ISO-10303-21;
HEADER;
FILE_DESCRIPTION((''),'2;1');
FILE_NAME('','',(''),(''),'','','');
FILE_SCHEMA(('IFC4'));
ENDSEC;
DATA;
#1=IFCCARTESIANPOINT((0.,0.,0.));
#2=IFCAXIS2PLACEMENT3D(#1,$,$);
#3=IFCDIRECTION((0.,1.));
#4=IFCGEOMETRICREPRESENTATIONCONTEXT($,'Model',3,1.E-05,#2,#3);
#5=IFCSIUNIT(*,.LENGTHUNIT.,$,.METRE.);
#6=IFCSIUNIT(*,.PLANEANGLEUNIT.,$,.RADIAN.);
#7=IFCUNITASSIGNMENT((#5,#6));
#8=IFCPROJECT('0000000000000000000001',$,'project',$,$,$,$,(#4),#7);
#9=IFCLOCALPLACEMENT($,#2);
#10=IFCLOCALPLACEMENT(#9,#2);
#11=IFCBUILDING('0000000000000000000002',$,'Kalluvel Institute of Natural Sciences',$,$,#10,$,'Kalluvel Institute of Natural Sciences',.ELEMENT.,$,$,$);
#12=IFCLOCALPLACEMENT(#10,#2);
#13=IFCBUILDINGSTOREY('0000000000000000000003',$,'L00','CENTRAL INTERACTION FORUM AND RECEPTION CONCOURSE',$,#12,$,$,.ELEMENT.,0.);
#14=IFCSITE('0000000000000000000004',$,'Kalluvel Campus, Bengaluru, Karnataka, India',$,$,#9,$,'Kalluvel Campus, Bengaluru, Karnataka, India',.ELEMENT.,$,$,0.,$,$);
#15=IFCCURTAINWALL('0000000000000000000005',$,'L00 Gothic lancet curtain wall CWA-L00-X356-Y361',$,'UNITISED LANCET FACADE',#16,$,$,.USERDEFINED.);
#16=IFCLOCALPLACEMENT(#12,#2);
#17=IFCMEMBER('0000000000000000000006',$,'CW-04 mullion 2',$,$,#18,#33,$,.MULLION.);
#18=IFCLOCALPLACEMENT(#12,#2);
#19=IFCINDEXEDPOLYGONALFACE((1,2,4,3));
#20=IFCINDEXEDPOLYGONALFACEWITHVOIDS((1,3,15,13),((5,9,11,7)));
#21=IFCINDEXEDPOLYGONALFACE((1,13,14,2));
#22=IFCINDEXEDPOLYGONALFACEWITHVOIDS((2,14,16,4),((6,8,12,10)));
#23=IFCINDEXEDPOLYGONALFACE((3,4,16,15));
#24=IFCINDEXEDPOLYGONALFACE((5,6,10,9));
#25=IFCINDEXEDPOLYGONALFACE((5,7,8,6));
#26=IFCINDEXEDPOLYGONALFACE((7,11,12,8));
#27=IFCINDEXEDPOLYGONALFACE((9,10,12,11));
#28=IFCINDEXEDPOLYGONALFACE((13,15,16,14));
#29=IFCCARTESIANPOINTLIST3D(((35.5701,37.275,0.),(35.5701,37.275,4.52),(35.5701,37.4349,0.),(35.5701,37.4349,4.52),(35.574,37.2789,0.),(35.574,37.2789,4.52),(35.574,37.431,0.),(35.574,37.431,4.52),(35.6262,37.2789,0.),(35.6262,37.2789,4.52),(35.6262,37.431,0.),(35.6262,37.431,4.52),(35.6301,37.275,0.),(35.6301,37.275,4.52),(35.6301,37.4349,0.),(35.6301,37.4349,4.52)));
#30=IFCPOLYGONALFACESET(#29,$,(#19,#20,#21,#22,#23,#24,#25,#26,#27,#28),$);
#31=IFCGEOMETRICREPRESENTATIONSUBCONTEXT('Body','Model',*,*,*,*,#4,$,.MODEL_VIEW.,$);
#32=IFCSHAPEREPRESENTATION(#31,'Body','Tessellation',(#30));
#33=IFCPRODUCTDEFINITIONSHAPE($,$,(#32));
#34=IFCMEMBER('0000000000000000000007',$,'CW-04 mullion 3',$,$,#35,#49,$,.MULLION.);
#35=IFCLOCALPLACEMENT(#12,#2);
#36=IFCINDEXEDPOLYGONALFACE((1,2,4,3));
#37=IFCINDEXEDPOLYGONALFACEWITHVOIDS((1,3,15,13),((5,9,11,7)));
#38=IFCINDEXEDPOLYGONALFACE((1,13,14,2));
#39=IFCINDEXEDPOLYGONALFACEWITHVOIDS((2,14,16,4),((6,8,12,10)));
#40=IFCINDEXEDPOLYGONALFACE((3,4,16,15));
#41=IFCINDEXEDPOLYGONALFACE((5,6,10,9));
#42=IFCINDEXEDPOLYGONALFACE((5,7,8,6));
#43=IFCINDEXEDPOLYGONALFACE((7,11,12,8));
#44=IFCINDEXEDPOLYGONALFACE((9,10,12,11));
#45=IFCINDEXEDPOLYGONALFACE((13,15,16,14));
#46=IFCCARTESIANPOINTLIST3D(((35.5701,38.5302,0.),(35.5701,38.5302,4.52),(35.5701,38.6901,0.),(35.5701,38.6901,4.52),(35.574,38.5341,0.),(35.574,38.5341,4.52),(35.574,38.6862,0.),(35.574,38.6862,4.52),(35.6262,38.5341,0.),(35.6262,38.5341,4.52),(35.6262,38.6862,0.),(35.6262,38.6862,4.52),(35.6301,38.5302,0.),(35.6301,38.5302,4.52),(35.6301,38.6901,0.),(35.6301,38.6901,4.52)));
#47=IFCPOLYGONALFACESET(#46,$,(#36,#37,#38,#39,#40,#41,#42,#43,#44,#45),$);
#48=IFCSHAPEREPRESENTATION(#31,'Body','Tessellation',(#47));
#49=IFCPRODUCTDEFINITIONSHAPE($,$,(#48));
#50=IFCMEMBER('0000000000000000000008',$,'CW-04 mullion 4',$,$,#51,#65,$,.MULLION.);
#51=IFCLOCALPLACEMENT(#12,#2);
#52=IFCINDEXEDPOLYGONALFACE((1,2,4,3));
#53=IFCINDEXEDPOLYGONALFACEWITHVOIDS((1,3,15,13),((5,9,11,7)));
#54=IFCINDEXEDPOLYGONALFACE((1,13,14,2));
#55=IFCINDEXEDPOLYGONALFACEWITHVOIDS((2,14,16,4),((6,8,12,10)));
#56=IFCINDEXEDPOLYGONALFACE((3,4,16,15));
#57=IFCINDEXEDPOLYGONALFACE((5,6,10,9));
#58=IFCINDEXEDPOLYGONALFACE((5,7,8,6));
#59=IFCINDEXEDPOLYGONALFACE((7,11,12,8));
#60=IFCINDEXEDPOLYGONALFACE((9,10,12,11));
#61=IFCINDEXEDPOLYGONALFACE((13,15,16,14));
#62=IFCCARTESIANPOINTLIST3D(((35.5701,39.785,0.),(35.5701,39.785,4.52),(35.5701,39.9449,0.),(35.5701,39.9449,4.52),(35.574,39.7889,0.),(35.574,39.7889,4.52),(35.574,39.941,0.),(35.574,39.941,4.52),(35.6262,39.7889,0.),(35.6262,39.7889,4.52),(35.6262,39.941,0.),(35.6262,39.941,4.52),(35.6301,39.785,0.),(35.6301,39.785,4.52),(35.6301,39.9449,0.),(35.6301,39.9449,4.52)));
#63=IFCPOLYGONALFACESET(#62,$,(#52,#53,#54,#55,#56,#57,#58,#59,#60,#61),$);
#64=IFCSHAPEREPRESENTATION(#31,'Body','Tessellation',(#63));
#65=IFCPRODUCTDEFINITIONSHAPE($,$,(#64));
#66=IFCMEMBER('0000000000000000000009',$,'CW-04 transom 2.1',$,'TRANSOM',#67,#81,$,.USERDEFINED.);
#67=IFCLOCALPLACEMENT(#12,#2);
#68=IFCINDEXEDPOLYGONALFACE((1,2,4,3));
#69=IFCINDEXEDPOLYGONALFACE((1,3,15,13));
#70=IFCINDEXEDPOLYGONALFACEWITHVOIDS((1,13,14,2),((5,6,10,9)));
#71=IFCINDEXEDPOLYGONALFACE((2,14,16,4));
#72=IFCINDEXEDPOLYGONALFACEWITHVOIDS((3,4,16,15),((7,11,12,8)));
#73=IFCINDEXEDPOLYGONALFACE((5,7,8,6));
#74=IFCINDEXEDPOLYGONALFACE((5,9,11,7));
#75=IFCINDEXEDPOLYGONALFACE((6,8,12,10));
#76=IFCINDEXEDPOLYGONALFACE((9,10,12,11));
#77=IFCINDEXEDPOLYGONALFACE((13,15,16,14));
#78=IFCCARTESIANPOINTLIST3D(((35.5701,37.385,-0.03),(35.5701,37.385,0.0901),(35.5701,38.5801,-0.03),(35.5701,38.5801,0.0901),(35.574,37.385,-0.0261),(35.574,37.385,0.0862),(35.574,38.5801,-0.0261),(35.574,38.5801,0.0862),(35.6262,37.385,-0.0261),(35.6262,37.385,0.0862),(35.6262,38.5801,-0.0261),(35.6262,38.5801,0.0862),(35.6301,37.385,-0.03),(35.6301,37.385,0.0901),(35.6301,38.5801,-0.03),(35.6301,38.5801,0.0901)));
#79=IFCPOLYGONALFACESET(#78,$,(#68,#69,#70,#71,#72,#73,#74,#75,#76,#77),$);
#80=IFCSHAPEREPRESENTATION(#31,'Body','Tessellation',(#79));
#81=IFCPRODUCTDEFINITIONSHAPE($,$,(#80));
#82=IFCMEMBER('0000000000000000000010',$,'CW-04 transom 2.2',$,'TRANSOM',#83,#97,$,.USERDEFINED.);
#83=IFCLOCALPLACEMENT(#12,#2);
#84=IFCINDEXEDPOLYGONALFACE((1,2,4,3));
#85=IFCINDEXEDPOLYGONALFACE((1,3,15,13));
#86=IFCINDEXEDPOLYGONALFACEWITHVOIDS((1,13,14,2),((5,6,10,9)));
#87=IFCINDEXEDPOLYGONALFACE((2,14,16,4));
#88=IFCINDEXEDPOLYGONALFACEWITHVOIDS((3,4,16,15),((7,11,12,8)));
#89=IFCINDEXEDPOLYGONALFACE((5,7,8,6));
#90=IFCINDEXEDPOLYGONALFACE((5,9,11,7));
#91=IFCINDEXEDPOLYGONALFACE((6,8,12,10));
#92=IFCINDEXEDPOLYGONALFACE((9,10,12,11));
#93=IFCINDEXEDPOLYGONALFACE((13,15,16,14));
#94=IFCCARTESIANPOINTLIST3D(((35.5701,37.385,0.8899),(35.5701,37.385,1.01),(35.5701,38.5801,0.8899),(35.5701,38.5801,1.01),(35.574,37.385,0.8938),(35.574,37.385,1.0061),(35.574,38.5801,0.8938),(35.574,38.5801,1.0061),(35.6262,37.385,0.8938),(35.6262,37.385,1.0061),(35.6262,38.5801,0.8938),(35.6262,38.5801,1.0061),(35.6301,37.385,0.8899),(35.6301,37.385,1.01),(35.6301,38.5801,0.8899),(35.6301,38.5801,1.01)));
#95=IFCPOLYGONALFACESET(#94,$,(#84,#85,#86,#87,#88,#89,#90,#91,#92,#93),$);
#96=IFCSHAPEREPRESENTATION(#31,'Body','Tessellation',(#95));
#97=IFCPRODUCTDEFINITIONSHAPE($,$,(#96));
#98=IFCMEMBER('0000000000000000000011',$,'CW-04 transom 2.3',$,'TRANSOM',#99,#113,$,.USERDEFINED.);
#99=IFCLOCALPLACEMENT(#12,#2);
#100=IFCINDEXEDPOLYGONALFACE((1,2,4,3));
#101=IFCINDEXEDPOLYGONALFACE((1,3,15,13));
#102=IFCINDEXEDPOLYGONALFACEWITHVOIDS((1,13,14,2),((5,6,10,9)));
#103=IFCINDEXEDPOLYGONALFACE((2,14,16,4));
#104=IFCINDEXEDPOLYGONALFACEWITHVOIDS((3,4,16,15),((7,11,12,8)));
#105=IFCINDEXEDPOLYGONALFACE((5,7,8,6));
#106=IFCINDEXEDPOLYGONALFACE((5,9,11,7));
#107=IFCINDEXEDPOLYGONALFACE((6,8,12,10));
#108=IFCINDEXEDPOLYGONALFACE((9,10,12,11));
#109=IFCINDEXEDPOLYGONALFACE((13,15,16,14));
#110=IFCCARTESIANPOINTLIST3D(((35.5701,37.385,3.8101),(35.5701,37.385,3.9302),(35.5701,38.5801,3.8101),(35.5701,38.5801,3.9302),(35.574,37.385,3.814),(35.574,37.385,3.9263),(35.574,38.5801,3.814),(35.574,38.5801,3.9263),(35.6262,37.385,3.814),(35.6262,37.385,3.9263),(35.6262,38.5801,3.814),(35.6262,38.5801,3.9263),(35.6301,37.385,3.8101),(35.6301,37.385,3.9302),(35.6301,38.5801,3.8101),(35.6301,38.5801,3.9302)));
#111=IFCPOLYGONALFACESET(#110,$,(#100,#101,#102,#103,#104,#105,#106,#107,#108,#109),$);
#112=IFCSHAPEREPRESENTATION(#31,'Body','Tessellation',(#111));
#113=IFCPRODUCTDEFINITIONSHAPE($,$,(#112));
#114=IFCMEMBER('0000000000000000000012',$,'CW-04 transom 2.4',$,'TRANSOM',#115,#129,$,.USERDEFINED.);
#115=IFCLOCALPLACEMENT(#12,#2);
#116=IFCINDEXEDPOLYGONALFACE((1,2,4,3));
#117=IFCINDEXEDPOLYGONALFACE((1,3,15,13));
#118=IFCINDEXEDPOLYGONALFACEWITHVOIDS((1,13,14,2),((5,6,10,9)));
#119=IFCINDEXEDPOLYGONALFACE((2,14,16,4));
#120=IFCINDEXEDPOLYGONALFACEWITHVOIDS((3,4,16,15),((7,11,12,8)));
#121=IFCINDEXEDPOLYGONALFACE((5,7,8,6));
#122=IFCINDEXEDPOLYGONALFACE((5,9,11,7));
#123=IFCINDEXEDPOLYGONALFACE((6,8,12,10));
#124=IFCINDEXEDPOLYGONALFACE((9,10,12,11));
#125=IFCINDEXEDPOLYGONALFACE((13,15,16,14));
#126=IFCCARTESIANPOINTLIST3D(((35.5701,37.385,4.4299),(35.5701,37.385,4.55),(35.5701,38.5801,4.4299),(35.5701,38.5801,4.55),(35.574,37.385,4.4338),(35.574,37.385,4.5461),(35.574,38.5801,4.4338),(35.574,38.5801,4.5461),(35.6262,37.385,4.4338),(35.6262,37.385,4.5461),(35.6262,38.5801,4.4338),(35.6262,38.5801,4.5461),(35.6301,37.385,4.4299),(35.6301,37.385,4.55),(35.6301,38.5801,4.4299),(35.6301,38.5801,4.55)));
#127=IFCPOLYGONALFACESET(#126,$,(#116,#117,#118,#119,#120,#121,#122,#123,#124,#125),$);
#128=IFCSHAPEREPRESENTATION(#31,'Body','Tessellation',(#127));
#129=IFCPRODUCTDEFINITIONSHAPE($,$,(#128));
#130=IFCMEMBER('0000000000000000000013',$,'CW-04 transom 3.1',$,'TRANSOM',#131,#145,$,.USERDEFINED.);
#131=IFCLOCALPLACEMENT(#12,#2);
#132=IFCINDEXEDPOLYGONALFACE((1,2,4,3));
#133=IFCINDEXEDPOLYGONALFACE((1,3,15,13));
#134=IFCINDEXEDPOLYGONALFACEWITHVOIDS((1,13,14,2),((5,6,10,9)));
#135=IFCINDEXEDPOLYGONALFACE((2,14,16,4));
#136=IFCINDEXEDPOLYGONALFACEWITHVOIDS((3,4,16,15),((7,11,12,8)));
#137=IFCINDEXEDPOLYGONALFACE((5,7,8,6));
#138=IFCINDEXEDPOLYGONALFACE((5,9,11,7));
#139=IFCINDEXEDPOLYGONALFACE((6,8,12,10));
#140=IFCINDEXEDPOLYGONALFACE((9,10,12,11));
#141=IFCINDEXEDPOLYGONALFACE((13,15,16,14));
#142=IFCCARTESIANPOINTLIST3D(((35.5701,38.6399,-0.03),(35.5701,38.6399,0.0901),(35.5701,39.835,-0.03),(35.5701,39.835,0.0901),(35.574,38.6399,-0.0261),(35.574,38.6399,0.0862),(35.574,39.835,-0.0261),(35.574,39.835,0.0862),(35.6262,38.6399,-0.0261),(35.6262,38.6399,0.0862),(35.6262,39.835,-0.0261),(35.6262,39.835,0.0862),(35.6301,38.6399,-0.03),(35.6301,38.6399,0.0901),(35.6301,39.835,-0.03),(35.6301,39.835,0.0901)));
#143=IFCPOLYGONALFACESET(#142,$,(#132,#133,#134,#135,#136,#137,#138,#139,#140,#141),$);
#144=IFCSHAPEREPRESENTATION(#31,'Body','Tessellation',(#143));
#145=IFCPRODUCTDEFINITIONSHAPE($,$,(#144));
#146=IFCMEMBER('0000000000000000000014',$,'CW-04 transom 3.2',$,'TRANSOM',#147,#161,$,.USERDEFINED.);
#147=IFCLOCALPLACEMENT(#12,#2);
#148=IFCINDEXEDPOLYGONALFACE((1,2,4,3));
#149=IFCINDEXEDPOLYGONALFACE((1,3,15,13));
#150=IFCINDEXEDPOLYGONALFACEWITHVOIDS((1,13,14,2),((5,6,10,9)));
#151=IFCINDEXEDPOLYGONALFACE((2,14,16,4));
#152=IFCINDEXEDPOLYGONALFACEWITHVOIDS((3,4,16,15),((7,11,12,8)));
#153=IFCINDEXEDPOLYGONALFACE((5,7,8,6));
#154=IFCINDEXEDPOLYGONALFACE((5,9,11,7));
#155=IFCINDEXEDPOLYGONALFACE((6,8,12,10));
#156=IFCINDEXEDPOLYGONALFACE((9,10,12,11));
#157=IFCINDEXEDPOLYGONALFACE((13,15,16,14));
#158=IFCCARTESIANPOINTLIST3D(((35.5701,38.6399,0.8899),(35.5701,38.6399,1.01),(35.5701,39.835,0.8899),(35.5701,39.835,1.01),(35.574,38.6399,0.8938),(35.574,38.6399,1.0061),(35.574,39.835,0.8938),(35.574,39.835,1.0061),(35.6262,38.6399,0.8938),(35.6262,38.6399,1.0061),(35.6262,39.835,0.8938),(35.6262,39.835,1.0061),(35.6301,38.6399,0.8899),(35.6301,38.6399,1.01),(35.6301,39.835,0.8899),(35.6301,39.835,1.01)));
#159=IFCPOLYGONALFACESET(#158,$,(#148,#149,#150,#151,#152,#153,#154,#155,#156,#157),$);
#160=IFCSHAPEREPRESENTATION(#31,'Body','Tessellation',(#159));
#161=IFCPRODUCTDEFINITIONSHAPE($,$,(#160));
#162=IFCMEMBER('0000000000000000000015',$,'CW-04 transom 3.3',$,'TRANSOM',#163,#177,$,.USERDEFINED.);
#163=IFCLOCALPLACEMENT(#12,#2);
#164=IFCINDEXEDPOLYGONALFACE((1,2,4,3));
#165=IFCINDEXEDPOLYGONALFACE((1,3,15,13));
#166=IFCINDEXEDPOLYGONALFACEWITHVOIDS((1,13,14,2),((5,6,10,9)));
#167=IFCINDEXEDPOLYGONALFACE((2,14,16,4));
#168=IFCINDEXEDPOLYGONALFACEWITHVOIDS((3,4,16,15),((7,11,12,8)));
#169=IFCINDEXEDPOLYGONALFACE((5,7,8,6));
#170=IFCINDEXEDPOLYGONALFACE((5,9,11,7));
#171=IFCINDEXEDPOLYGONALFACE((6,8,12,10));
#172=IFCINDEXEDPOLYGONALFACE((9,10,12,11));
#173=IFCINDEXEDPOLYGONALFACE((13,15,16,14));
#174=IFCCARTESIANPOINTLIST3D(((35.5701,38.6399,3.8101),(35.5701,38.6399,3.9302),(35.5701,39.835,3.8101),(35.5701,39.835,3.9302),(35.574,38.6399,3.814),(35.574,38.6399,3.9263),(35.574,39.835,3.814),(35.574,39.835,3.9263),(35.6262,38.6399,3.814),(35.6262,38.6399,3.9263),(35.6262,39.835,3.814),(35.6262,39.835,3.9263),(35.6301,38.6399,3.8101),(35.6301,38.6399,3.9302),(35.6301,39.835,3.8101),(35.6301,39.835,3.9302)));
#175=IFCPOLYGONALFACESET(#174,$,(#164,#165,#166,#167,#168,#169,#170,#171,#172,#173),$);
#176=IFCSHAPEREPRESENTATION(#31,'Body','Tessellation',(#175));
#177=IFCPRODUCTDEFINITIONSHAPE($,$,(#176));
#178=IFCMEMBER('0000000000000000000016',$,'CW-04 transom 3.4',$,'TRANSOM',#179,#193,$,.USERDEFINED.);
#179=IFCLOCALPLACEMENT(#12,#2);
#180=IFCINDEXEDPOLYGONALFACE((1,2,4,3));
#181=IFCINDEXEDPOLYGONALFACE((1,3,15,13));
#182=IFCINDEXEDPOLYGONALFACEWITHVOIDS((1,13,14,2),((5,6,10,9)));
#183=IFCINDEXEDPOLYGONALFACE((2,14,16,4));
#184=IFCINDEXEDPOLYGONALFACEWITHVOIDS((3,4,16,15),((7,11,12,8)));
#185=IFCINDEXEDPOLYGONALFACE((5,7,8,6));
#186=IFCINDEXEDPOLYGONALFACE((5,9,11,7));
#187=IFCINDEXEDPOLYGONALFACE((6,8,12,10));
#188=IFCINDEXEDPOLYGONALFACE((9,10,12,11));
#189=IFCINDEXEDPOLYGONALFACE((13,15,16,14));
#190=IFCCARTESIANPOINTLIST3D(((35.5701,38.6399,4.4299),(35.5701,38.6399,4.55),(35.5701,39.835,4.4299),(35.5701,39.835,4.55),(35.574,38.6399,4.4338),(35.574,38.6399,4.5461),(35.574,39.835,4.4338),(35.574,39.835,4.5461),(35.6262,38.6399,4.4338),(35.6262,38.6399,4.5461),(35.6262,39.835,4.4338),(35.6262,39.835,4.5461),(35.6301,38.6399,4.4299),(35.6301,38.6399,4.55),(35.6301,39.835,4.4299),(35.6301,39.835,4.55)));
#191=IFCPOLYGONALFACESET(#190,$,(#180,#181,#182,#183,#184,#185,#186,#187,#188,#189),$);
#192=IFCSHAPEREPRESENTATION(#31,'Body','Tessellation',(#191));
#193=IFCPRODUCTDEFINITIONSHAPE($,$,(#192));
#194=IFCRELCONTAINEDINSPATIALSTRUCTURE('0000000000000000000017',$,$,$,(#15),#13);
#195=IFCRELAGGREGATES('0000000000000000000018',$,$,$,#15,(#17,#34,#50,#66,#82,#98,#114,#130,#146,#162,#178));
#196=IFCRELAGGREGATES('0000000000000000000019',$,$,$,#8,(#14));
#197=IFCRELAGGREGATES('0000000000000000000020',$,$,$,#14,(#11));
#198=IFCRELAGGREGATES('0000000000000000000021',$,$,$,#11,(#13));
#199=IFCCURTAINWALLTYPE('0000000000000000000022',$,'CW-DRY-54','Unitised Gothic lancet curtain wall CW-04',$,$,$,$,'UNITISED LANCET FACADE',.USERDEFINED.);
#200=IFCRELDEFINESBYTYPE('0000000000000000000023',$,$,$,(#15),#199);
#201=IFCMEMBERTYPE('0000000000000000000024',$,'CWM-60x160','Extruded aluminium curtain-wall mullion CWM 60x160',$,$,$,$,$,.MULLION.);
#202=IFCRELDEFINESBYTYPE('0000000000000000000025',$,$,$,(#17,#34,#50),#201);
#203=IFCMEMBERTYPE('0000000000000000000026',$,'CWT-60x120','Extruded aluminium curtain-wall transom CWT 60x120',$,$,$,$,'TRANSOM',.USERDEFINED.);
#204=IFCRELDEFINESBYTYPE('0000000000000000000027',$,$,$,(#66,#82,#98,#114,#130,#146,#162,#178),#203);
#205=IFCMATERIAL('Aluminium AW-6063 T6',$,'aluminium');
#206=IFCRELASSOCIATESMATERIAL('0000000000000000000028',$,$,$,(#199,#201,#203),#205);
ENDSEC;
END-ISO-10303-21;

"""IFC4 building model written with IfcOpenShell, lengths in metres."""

from ifc_helpers import new_model, si_unit, direction, frame, origin, origin_2d, place, context, subcontext, project, spatial, hollow_rectangle, extrude, material, material_profile, profile_set, type_object, element, aggregate, save


model = new_model("IFC4")

# Units and contexts
model_context = context("Model", 3, precision=1e-05, world=origin(), true_north=direction((0.0, 1.0)))
body_context = subcontext(model_context, "Body", "Model", "MODEL_VIEW")
ifc_project = project(units=[si_unit("LENGTHUNIT", "METRE"), si_unit("PLANEANGLEUNIT", "RADIAN")], contexts=[model_context])

# Site, building, storey
site_placement = place(None, origin())
site = spatial("IfcSite", under=ifc_project, at=site_placement, Name="Kalluvel Campus, Bengaluru, Karnataka, India", LongName="Kalluvel Campus, Bengaluru, Karnataka, India", CompositionType="ELEMENT", RefElevation=0.0)
building_placement = place(site_placement, origin())
building = spatial("IfcBuilding", under=site, at=building_placement, Name="Kalluvel Institute of Natural Sciences", LongName="Kalluvel Institute of Natural Sciences", CompositionType="ELEMENT")
storey_placement = place(building_placement, origin())
storey = spatial("IfcBuildingStorey", under=building, at=storey_placement, Name="L00", Description="CENTRAL INTERACTION FORUM AND RECEPTION CONCOURSE", CompositionType="ELEMENT", Elevation=0.0)

# Curtain wall, members
ifc_material_1 = material(Name="Aluminium AW-6063 T6", Category="aluminium")
curtain_wall_type = type_object("IfcCurtainWallType", Name="CW-DRY-54", Description="Unitised Gothic lancet curtain wall CW-04", ElementType="UNITISED LANCET FACADE", PredefinedType="USERDEFINED", material=ifc_material_1)
curtain_wall_placement = place(storey_placement, origin())
curtain_wall = element("IfcCurtainWall", 1, at=curtain_wall_placement, inside=storey, type_object=curtain_wall_type, Name="L00 Gothic lancet curtain wall CWA-L00-X356-Y361", ObjectType="UNITISED LANCET FACADE", PredefinedType="USERDEFINED")
ifc_material_profile_1 = material_profile(ifc_material_1, hollow_rectangle(XDim=0.0601, YDim=0.1599, WallThickness=0.0039, at=origin_2d()), Name="CWM 60x160")
ifc_profile_set_1 = profile_set([ifc_material_profile_1], Name="Aluminium AW-6063 T6")
member_type_1 = type_object("IfcMemberType", Name="CWM-60x160", Description="Extruded aluminium curtain-wall mullion CWM 60x160", PredefinedType="MULLION", material=ifc_profile_set_1)
member_1_placement = place(storey_placement, frame((35.6001, 37.355, 0.0), z_axis=(0.0, 0.0, 1.0), x_axis=(-1.0, 0.0, 0.0)))
member_1 = element("IfcMember", 2, at=member_1_placement, type_object=member_type_1, Name="CW-04 mullion 2", PredefinedType="MULLION", context=body_context, shape_type="SweptSolid", body=[
    extrude(hollow_rectangle(XDim=0.0601, YDim=0.1599, WallThickness=0.0039, at=origin_2d()), origin(), (0.0, 0.0, 1.0), 4.52),
])
member_2_placement = place(storey_placement, frame((35.6001, 38.6101, 0.0), z_axis=(0.0, 0.0, 1.0), x_axis=(-1.0, 0.0, 0.0)))
member_2 = element("IfcMember", 3, at=member_2_placement, type_object=member_type_1, Name="CW-04 mullion 3", PredefinedType="MULLION", context=body_context, shape_type="SweptSolid", body=[
    extrude(hollow_rectangle(XDim=0.0601, YDim=0.1599, WallThickness=0.0039, at=origin_2d()), origin(), (0.0, 0.0, 1.0), 4.52),
])
member_3_placement = place(storey_placement, frame((35.6001, 39.865, 0.0), z_axis=(0.0, 0.0, 1.0), x_axis=(-1.0, 0.0, 0.0)))
member_3 = element("IfcMember", 4, at=member_3_placement, type_object=member_type_1, Name="CW-04 mullion 4", PredefinedType="MULLION", context=body_context, shape_type="SweptSolid", body=[
    extrude(hollow_rectangle(XDim=0.0601, YDim=0.1599, WallThickness=0.0039, at=origin_2d()), origin(), (0.0, 0.0, 1.0), 4.52),
])
ifc_material_profile_2 = material_profile(ifc_material_1, hollow_rectangle(XDim=0.0601, YDim=0.1201, WallThickness=0.0039, at=origin_2d()), Name="CWT 60x120")
ifc_profile_set_2 = profile_set([ifc_material_profile_2], Name="Aluminium AW-6063 T6")
member_type_2 = type_object("IfcMemberType", Name="CWT-60x120", Description="Extruded aluminium curtain-wall transom CWT 60x120", ElementType="TRANSOM", PredefinedType="USERDEFINED", material=ifc_profile_set_2)
member_4_placement = place(storey_placement, frame((35.6001, 37.385, 0.03), z_axis=(0.0, 1.0, 0.0), x_axis=(-1.0, 0.0, 0.0)))
member_4 = element("IfcMember", 5, at=member_4_placement, type_object=member_type_2, Name="CW-04 transom 2.1", ObjectType="TRANSOM", PredefinedType="USERDEFINED", context=body_context, shape_type="SweptSolid", body=[
    extrude(hollow_rectangle(XDim=0.0601, YDim=0.1201, WallThickness=0.0039, at=origin_2d()), origin(), (0.0, 0.0, 1.0), 1.1951),
])
member_5_placement = place(storey_placement, frame((35.6001, 37.385, 0.95), z_axis=(0.0, 1.0, 0.0), x_axis=(-1.0, 0.0, 0.0)))
member_5 = element("IfcMember", 6, at=member_5_placement, type_object=member_type_2, Name="CW-04 transom 2.2", ObjectType="TRANSOM", PredefinedType="USERDEFINED", context=body_context, shape_type="SweptSolid", body=[
    extrude(hollow_rectangle(XDim=0.0601, YDim=0.1201, WallThickness=0.0039, at=origin_2d()), origin(), (0.0, 0.0, 1.0), 1.1951),
])
member_6_placement = place(storey_placement, frame((35.6001, 37.385, 3.8701), z_axis=(0.0, 1.0, 0.0), x_axis=(-1.0, 0.0, 0.0)))
member_6 = element("IfcMember", 7, at=member_6_placement, type_object=member_type_2, Name="CW-04 transom 2.3", ObjectType="TRANSOM", PredefinedType="USERDEFINED", context=body_context, shape_type="SweptSolid", body=[
    extrude(hollow_rectangle(XDim=0.0601, YDim=0.1201, WallThickness=0.0039, at=origin_2d()), origin(), (0.0, 0.0, 1.0), 1.1951),
])
member_7_placement = place(storey_placement, frame((35.6001, 37.385, 4.49), z_axis=(0.0, 1.0, 0.0), x_axis=(-1.0, 0.0, 0.0)))
member_7 = element("IfcMember", 8, at=member_7_placement, type_object=member_type_2, Name="CW-04 transom 2.4", ObjectType="TRANSOM", PredefinedType="USERDEFINED", context=body_context, shape_type="SweptSolid", body=[
    extrude(hollow_rectangle(XDim=0.0601, YDim=0.1201, WallThickness=0.0039, at=origin_2d()), origin(), (0.0, 0.0, 1.0), 1.1951),
])
member_8_placement = place(storey_placement, frame((35.6001, 38.6399, 0.03), z_axis=(0.0, 1.0, 0.0), x_axis=(-1.0, 0.0, 0.0)))
member_8 = element("IfcMember", 9, at=member_8_placement, type_object=member_type_2, Name="CW-04 transom 3.1", ObjectType="TRANSOM", PredefinedType="USERDEFINED", context=body_context, shape_type="SweptSolid", body=[
    extrude(hollow_rectangle(XDim=0.0601, YDim=0.1201, WallThickness=0.0039, at=origin_2d()), origin(), (0.0, 0.0, 1.0), 1.1951),
])
member_9_placement = place(storey_placement, frame((35.6001, 38.6399, 0.95), z_axis=(0.0, 1.0, 0.0), x_axis=(-1.0, 0.0, 0.0)))
member_9 = element("IfcMember", 10, at=member_9_placement, type_object=member_type_2, Name="CW-04 transom 3.2", ObjectType="TRANSOM", PredefinedType="USERDEFINED", context=body_context, shape_type="SweptSolid", body=[
    extrude(hollow_rectangle(XDim=0.0601, YDim=0.1201, WallThickness=0.0039, at=origin_2d()), origin(), (0.0, 0.0, 1.0), 1.1951),
])
member_10_placement = place(storey_placement, frame((35.6001, 38.6399, 3.8701), z_axis=(0.0, 1.0, 0.0), x_axis=(-1.0, 0.0, 0.0)))
member_10 = element("IfcMember", 11, at=member_10_placement, type_object=member_type_2, Name="CW-04 transom 3.3", ObjectType="TRANSOM", PredefinedType="USERDEFINED", context=body_context, shape_type="SweptSolid", body=[
    extrude(hollow_rectangle(XDim=0.0601, YDim=0.1201, WallThickness=0.0039, at=origin_2d()), origin(), (0.0, 0.0, 1.0), 1.1951),
])
member_11_placement = place(storey_placement, frame((35.6001, 38.6399, 4.49), z_axis=(0.0, 1.0, 0.0), x_axis=(-1.0, 0.0, 0.0)))
member_11 = element("IfcMember", 12, at=member_11_placement, type_object=member_type_2, Name="CW-04 transom 3.4", ObjectType="TRANSOM", PredefinedType="USERDEFINED", context=body_context, shape_type="SweptSolid", body=[
    extrude(hollow_rectangle(XDim=0.0601, YDim=0.1201, WallThickness=0.0039, at=origin_2d()), origin(), (0.0, 0.0, 1.0), 1.1951),
])
aggregate(curtain_wall, [member_1, member_2, member_3, member_4, member_5, member_6, member_7, member_8, member_9, member_10, member_11])

save(model, "model.ifc")
